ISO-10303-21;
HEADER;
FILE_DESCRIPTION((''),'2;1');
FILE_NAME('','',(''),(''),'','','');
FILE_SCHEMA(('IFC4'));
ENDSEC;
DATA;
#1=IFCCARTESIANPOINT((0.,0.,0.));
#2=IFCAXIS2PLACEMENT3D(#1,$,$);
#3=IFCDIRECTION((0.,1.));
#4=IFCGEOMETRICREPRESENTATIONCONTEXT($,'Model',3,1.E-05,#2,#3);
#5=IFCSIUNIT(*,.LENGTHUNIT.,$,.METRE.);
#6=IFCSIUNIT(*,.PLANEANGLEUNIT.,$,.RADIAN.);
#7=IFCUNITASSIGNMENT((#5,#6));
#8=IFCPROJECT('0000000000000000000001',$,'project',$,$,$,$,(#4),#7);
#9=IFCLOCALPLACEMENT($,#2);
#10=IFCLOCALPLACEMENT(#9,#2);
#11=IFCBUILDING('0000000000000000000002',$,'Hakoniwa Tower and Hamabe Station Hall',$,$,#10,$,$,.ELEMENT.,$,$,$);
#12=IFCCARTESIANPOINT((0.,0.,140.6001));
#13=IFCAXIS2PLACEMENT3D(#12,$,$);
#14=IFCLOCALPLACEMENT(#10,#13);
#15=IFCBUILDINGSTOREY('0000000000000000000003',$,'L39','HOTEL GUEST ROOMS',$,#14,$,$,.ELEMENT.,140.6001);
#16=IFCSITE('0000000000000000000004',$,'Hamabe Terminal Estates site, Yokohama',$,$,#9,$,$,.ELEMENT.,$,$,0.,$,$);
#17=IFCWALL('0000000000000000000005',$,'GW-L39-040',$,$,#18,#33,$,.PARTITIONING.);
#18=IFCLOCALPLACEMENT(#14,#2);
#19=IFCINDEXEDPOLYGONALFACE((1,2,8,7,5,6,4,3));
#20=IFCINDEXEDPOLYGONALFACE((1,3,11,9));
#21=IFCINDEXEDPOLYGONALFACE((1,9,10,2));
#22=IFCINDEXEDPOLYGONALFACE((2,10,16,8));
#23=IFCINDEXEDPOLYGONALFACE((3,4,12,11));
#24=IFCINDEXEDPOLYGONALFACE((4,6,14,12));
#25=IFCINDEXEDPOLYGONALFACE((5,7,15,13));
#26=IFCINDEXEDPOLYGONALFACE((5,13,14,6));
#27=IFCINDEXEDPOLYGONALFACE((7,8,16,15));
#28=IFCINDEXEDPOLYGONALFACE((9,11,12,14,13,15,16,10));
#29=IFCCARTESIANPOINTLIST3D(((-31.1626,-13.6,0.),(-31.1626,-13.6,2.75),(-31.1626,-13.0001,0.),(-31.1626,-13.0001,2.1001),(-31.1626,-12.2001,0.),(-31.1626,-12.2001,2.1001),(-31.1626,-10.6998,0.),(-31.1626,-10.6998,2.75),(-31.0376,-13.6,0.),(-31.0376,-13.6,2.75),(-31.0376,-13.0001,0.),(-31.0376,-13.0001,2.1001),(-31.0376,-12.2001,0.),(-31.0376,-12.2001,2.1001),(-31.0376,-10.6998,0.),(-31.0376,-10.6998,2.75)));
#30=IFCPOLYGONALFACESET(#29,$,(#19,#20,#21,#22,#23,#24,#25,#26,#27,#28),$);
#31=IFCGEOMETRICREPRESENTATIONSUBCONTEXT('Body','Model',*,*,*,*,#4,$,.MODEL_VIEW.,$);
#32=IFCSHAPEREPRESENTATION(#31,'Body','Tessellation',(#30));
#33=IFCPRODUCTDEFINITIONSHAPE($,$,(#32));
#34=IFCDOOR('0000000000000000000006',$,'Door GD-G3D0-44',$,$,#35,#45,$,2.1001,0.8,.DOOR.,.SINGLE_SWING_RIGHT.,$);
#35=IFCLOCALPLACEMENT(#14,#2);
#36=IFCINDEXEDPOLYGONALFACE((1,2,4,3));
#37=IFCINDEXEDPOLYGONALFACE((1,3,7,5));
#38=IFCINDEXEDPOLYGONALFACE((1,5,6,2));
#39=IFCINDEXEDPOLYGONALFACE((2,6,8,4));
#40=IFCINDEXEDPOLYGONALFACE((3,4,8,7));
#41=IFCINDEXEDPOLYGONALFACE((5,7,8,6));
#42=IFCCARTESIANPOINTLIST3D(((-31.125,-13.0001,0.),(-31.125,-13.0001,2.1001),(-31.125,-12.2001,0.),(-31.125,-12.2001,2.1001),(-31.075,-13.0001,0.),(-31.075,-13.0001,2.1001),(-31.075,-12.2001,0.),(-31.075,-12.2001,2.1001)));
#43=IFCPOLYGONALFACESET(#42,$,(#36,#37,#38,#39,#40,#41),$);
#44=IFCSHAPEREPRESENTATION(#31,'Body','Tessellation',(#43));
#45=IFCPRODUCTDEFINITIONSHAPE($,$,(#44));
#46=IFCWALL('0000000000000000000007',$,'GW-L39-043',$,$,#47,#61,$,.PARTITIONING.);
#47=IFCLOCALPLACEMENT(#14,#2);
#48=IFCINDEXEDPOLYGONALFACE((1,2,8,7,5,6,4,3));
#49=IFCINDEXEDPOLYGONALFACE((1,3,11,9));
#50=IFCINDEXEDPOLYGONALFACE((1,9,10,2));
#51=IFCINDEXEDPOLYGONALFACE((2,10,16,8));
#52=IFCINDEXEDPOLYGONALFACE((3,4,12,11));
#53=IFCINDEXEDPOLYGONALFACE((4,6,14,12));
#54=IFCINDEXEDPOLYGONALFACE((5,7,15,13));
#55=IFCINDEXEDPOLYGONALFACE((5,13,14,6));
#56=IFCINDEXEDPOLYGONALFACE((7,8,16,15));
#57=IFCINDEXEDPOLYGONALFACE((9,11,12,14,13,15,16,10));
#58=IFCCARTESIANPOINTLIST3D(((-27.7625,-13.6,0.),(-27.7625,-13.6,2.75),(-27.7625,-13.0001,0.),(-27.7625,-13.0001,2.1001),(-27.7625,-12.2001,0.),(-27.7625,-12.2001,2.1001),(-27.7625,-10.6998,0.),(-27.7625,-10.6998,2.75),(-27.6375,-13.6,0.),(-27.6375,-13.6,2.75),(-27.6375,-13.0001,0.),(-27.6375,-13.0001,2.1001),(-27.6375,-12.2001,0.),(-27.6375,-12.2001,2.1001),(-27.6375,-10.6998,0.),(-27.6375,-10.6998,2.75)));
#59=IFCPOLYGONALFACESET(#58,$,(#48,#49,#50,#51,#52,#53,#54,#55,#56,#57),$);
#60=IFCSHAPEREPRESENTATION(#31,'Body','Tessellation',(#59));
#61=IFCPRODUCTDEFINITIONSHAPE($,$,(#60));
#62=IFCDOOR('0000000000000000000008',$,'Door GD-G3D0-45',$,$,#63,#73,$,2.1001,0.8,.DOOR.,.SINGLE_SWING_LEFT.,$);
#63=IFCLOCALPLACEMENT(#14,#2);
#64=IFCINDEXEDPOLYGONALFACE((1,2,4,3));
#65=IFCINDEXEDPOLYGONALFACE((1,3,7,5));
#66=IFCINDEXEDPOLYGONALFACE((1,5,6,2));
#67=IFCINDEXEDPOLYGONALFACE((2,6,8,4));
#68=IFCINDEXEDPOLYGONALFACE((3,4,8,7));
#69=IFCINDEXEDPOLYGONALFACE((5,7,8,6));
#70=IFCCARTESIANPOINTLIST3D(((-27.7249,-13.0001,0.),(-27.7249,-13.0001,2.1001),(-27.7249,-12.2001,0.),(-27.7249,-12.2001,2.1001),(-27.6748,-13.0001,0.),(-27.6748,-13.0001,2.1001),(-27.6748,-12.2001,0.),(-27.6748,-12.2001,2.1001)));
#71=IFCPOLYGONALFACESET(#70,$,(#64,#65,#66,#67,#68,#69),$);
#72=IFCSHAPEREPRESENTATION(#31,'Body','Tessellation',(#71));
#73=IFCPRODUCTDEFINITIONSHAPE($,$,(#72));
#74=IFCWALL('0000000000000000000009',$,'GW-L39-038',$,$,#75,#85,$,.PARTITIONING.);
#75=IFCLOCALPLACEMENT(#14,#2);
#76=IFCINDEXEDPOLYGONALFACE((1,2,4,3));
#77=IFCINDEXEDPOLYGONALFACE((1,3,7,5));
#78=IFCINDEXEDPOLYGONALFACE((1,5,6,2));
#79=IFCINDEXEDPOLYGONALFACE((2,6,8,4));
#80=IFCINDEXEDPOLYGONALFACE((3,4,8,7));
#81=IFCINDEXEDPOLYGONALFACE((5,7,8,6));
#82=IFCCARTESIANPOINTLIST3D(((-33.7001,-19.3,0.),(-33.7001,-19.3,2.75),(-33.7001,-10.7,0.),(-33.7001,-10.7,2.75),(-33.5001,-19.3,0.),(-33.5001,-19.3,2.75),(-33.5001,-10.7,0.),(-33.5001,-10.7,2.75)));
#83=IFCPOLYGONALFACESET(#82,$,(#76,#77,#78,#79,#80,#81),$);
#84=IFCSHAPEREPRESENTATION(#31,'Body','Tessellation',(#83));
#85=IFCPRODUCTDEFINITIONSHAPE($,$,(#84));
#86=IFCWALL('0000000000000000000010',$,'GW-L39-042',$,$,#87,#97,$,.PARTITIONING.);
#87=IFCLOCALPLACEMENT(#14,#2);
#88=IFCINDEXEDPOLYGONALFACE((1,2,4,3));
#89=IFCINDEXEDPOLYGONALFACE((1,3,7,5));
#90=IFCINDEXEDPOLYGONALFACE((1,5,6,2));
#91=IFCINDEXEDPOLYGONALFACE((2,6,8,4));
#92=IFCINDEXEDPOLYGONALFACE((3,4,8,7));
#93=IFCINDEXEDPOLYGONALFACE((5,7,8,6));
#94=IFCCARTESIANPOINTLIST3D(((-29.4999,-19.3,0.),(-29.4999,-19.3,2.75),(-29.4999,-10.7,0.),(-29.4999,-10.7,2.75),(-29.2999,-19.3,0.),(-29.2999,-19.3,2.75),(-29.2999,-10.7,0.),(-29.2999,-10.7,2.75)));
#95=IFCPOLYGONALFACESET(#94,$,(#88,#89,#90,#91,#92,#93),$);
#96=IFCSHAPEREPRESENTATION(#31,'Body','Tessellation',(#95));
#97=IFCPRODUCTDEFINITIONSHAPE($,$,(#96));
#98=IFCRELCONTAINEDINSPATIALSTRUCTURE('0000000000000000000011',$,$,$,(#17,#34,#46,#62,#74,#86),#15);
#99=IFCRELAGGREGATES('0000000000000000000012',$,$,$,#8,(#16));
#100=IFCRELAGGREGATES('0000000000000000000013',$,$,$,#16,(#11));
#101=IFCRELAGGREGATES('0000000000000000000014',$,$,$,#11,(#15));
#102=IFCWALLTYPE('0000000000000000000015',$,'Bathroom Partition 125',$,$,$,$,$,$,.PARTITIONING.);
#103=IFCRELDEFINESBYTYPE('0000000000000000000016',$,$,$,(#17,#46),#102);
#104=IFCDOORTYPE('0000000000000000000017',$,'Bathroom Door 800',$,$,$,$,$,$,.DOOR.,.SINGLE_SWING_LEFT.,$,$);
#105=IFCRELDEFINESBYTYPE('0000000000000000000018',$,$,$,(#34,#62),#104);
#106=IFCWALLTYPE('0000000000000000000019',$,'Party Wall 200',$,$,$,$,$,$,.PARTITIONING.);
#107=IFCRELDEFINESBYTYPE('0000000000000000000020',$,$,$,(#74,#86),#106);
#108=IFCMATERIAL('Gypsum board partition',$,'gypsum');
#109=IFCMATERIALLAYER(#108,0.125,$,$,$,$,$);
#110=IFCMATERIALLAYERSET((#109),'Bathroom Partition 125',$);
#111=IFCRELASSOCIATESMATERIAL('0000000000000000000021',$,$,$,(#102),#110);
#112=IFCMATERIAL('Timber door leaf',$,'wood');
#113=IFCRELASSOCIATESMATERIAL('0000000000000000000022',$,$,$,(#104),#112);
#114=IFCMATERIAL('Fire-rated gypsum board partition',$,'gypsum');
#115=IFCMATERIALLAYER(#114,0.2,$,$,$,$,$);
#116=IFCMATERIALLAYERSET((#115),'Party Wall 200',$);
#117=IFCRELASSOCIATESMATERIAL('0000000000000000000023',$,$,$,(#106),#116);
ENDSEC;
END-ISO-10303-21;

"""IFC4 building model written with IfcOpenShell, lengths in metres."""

from ifc_helpers import new_model, si_unit, direction, frame, frame_2d, origin, place, context, subcontext, project, spatial, rectangle, extrude, material, layer, layer_set, type_object, element, fill, save


model = new_model("IFC4")

# Units and contexts
model_context = context("Model", 3, precision=1e-05, world=origin(), true_north=direction((0.0, 1.0)))
body_context = subcontext(model_context, "Body", "Model", "MODEL_VIEW")
ifc_project = project(units=[si_unit("LENGTHUNIT", "METRE"), si_unit("PLANEANGLEUNIT", "RADIAN")], contexts=[model_context])

# Site, building, storey
site_placement = place(None, origin())
site = spatial("IfcSite", under=ifc_project, at=site_placement, Name="Hamabe Terminal Estates site, Yokohama", CompositionType="ELEMENT", RefElevation=0.0)
building_placement = place(site_placement, origin())
building = spatial("IfcBuilding", under=site, at=building_placement, Name="Hakoniwa Tower and Hamabe Station Hall", CompositionType="ELEMENT")
storey_placement = place(building_placement, frame((0.0, 0.0, 140.6001)))
storey = spatial("IfcBuildingStorey", under=building, at=storey_placement, Name="L39", Description="HOTEL GUEST ROOMS", CompositionType="ELEMENT", Elevation=140.6001)

# Shared definitions
ifc_material_1 = material(Name="Gypsum board partition", Category="gypsum")
ifc_layer_1 = layer(ifc_material_1, 0.125)
ifc_layer_set_1 = layer_set([ifc_layer_1], Name="Bathroom Partition 125")
wall_type_1 = type_object("IfcWallType", Name="Bathroom Partition 125", PredefinedType="PARTITIONING", material=ifc_layer_set_1)
ifc_material_2 = material(Name="Timber door leaf", Category="wood")
door_type = type_object("IfcDoorType", Name="Bathroom Door 800", OperationType="SINGLE_SWING_LEFT", PredefinedType="DOOR", material=ifc_material_2)

# Walls, openings, doors
wall_1_placement = place(storey_placement, frame((-31.1001, -13.6001, 0.0), z_axis=(0.0, 0.0, 1.0), x_axis=(0.0, 1.0, 0.0)))
wall_1 = element("IfcWall", 1, at=wall_1_placement, inside=storey, type_object=wall_type_1, Name="GW-L39-040", PredefinedType="PARTITIONING", context=body_context, shape_type="SweptSolid", body=[
    extrude(rectangle(XDim=2.9001, YDim=0.125, at=frame_2d((1.4502, 0.0))), origin(), (0.0, 0.0, 1.0), 2.75),
])
opening_1_placement = place(wall_1_placement, frame((0.6001, 0.0, 0.0)))
opening_1 = element("IfcOpeningElement", 2, at=opening_1_placement, cuts=wall_1, PredefinedType="OPENING", context=body_context, shape_type="SweptSolid", body=[
    extrude(rectangle(XDim=0.8, YDim=2.1001, at=frame_2d((0.3999, 1.05))), frame((0.0, 0.0725, 0.0), z_axis=(0.0, -1.0, 0.0), x_axis=(1.0, 0.0, 0.0)), (0.0, 0.0, 1.0), 0.145),
])
door_1_placement = place(opening_1_placement, origin())
door_1 = element("IfcDoor", 3, at=door_1_placement, inside=storey, type_object=door_type, Name="Door GD-G3D0-44", OperationType="SINGLE_SWING_RIGHT", OverallHeight=2.1001, OverallWidth=0.8, PredefinedType="DOOR", context=body_context, shape_type="SweptSolid", body=[
    extrude(rectangle(XDim=0.8, YDim=2.1001, at=frame_2d((0.3999, 1.05))), frame((0.0, 0.0249, 0.0), z_axis=(0.0, -1.0, 0.0), x_axis=(1.0, 0.0, 0.0)), (0.0, 0.0, 1.0), 0.05),
])
fill(opening_1, door_1)
wall_2_placement = place(storey_placement, frame((-27.7, -13.6001, 0.0), z_axis=(0.0, 0.0, 1.0), x_axis=(0.0, 1.0, 0.0)))
wall_2 = element("IfcWall", 4, at=wall_2_placement, inside=storey, type_object=wall_type_1, Name="GW-L39-043", PredefinedType="PARTITIONING", context=body_context, shape_type="SweptSolid", body=[
    extrude(rectangle(XDim=2.9001, YDim=0.125, at=frame_2d((1.4502, 0.0))), origin(), (0.0, 0.0, 1.0), 2.75),
])
opening_2_placement = place(wall_2_placement, frame((0.6001, 0.0, 0.0)))
opening_2 = element("IfcOpeningElement", 5, at=opening_2_placement, cuts=wall_2, PredefinedType="OPENING", context=body_context, shape_type="SweptSolid", body=[
    extrude(rectangle(XDim=0.8, YDim=2.1001, at=frame_2d((0.3999, 1.05))), frame((0.0, 0.0725, 0.0), z_axis=(0.0, -1.0, 0.0), x_axis=(1.0, 0.0, 0.0)), (0.0, 0.0, 1.0), 0.145),
])
door_2_placement = place(opening_2_placement, origin())
door_2 = element("IfcDoor", 6, at=door_2_placement, inside=storey, type_object=door_type, Name="Door GD-G3D0-45", OperationType="SINGLE_SWING_LEFT", OverallHeight=2.1001, OverallWidth=0.8, PredefinedType="DOOR", context=body_context, shape_type="SweptSolid", body=[
    extrude(rectangle(XDim=0.8, YDim=2.1001, at=frame_2d((0.3999, 1.05))), frame((0.0, 0.0249, 0.0), z_axis=(0.0, -1.0, 0.0), x_axis=(1.0, 0.0, 0.0)), (0.0, 0.0, 1.0), 0.05),
])
fill(opening_2, door_2)

# Walls
ifc_material_3 = material(Name="Fire-rated gypsum board partition", Category="gypsum")
ifc_layer_2 = layer(ifc_material_3, 0.2)
ifc_layer_set_2 = layer_set([ifc_layer_2], Name="Party Wall 200")
wall_type_2 = type_object("IfcWallType", Name="Party Wall 200", PredefinedType="PARTITIONING", material=ifc_layer_set_2)
for number, where, z_axis, x_axis, name in (
    (7, (-33.6001, -19.3, 0.0), (0.0, 0.0, 1.0), (0.0, 1.0, 0.0), "GW-L39-038"),
    (8, (-29.3999, -19.3, 0.0), (0.0, 0.0, 1.0), (0.0, 1.0, 0.0), "GW-L39-042"),
):
    element("IfcWall", number, at=place(storey_placement, frame(where, z_axis=z_axis, x_axis=x_axis)), inside=storey, type_object=wall_type_2, Name=name, PredefinedType="PARTITIONING", context=body_context, shape_type="SweptSolid", body=[
        extrude(rectangle(XDim=8.6001, YDim=0.2, at=frame_2d((4.3, 0.0))), origin(), (0.0, 0.0, 1.0), 2.75),
    ])

save(model, "model.ifc")
